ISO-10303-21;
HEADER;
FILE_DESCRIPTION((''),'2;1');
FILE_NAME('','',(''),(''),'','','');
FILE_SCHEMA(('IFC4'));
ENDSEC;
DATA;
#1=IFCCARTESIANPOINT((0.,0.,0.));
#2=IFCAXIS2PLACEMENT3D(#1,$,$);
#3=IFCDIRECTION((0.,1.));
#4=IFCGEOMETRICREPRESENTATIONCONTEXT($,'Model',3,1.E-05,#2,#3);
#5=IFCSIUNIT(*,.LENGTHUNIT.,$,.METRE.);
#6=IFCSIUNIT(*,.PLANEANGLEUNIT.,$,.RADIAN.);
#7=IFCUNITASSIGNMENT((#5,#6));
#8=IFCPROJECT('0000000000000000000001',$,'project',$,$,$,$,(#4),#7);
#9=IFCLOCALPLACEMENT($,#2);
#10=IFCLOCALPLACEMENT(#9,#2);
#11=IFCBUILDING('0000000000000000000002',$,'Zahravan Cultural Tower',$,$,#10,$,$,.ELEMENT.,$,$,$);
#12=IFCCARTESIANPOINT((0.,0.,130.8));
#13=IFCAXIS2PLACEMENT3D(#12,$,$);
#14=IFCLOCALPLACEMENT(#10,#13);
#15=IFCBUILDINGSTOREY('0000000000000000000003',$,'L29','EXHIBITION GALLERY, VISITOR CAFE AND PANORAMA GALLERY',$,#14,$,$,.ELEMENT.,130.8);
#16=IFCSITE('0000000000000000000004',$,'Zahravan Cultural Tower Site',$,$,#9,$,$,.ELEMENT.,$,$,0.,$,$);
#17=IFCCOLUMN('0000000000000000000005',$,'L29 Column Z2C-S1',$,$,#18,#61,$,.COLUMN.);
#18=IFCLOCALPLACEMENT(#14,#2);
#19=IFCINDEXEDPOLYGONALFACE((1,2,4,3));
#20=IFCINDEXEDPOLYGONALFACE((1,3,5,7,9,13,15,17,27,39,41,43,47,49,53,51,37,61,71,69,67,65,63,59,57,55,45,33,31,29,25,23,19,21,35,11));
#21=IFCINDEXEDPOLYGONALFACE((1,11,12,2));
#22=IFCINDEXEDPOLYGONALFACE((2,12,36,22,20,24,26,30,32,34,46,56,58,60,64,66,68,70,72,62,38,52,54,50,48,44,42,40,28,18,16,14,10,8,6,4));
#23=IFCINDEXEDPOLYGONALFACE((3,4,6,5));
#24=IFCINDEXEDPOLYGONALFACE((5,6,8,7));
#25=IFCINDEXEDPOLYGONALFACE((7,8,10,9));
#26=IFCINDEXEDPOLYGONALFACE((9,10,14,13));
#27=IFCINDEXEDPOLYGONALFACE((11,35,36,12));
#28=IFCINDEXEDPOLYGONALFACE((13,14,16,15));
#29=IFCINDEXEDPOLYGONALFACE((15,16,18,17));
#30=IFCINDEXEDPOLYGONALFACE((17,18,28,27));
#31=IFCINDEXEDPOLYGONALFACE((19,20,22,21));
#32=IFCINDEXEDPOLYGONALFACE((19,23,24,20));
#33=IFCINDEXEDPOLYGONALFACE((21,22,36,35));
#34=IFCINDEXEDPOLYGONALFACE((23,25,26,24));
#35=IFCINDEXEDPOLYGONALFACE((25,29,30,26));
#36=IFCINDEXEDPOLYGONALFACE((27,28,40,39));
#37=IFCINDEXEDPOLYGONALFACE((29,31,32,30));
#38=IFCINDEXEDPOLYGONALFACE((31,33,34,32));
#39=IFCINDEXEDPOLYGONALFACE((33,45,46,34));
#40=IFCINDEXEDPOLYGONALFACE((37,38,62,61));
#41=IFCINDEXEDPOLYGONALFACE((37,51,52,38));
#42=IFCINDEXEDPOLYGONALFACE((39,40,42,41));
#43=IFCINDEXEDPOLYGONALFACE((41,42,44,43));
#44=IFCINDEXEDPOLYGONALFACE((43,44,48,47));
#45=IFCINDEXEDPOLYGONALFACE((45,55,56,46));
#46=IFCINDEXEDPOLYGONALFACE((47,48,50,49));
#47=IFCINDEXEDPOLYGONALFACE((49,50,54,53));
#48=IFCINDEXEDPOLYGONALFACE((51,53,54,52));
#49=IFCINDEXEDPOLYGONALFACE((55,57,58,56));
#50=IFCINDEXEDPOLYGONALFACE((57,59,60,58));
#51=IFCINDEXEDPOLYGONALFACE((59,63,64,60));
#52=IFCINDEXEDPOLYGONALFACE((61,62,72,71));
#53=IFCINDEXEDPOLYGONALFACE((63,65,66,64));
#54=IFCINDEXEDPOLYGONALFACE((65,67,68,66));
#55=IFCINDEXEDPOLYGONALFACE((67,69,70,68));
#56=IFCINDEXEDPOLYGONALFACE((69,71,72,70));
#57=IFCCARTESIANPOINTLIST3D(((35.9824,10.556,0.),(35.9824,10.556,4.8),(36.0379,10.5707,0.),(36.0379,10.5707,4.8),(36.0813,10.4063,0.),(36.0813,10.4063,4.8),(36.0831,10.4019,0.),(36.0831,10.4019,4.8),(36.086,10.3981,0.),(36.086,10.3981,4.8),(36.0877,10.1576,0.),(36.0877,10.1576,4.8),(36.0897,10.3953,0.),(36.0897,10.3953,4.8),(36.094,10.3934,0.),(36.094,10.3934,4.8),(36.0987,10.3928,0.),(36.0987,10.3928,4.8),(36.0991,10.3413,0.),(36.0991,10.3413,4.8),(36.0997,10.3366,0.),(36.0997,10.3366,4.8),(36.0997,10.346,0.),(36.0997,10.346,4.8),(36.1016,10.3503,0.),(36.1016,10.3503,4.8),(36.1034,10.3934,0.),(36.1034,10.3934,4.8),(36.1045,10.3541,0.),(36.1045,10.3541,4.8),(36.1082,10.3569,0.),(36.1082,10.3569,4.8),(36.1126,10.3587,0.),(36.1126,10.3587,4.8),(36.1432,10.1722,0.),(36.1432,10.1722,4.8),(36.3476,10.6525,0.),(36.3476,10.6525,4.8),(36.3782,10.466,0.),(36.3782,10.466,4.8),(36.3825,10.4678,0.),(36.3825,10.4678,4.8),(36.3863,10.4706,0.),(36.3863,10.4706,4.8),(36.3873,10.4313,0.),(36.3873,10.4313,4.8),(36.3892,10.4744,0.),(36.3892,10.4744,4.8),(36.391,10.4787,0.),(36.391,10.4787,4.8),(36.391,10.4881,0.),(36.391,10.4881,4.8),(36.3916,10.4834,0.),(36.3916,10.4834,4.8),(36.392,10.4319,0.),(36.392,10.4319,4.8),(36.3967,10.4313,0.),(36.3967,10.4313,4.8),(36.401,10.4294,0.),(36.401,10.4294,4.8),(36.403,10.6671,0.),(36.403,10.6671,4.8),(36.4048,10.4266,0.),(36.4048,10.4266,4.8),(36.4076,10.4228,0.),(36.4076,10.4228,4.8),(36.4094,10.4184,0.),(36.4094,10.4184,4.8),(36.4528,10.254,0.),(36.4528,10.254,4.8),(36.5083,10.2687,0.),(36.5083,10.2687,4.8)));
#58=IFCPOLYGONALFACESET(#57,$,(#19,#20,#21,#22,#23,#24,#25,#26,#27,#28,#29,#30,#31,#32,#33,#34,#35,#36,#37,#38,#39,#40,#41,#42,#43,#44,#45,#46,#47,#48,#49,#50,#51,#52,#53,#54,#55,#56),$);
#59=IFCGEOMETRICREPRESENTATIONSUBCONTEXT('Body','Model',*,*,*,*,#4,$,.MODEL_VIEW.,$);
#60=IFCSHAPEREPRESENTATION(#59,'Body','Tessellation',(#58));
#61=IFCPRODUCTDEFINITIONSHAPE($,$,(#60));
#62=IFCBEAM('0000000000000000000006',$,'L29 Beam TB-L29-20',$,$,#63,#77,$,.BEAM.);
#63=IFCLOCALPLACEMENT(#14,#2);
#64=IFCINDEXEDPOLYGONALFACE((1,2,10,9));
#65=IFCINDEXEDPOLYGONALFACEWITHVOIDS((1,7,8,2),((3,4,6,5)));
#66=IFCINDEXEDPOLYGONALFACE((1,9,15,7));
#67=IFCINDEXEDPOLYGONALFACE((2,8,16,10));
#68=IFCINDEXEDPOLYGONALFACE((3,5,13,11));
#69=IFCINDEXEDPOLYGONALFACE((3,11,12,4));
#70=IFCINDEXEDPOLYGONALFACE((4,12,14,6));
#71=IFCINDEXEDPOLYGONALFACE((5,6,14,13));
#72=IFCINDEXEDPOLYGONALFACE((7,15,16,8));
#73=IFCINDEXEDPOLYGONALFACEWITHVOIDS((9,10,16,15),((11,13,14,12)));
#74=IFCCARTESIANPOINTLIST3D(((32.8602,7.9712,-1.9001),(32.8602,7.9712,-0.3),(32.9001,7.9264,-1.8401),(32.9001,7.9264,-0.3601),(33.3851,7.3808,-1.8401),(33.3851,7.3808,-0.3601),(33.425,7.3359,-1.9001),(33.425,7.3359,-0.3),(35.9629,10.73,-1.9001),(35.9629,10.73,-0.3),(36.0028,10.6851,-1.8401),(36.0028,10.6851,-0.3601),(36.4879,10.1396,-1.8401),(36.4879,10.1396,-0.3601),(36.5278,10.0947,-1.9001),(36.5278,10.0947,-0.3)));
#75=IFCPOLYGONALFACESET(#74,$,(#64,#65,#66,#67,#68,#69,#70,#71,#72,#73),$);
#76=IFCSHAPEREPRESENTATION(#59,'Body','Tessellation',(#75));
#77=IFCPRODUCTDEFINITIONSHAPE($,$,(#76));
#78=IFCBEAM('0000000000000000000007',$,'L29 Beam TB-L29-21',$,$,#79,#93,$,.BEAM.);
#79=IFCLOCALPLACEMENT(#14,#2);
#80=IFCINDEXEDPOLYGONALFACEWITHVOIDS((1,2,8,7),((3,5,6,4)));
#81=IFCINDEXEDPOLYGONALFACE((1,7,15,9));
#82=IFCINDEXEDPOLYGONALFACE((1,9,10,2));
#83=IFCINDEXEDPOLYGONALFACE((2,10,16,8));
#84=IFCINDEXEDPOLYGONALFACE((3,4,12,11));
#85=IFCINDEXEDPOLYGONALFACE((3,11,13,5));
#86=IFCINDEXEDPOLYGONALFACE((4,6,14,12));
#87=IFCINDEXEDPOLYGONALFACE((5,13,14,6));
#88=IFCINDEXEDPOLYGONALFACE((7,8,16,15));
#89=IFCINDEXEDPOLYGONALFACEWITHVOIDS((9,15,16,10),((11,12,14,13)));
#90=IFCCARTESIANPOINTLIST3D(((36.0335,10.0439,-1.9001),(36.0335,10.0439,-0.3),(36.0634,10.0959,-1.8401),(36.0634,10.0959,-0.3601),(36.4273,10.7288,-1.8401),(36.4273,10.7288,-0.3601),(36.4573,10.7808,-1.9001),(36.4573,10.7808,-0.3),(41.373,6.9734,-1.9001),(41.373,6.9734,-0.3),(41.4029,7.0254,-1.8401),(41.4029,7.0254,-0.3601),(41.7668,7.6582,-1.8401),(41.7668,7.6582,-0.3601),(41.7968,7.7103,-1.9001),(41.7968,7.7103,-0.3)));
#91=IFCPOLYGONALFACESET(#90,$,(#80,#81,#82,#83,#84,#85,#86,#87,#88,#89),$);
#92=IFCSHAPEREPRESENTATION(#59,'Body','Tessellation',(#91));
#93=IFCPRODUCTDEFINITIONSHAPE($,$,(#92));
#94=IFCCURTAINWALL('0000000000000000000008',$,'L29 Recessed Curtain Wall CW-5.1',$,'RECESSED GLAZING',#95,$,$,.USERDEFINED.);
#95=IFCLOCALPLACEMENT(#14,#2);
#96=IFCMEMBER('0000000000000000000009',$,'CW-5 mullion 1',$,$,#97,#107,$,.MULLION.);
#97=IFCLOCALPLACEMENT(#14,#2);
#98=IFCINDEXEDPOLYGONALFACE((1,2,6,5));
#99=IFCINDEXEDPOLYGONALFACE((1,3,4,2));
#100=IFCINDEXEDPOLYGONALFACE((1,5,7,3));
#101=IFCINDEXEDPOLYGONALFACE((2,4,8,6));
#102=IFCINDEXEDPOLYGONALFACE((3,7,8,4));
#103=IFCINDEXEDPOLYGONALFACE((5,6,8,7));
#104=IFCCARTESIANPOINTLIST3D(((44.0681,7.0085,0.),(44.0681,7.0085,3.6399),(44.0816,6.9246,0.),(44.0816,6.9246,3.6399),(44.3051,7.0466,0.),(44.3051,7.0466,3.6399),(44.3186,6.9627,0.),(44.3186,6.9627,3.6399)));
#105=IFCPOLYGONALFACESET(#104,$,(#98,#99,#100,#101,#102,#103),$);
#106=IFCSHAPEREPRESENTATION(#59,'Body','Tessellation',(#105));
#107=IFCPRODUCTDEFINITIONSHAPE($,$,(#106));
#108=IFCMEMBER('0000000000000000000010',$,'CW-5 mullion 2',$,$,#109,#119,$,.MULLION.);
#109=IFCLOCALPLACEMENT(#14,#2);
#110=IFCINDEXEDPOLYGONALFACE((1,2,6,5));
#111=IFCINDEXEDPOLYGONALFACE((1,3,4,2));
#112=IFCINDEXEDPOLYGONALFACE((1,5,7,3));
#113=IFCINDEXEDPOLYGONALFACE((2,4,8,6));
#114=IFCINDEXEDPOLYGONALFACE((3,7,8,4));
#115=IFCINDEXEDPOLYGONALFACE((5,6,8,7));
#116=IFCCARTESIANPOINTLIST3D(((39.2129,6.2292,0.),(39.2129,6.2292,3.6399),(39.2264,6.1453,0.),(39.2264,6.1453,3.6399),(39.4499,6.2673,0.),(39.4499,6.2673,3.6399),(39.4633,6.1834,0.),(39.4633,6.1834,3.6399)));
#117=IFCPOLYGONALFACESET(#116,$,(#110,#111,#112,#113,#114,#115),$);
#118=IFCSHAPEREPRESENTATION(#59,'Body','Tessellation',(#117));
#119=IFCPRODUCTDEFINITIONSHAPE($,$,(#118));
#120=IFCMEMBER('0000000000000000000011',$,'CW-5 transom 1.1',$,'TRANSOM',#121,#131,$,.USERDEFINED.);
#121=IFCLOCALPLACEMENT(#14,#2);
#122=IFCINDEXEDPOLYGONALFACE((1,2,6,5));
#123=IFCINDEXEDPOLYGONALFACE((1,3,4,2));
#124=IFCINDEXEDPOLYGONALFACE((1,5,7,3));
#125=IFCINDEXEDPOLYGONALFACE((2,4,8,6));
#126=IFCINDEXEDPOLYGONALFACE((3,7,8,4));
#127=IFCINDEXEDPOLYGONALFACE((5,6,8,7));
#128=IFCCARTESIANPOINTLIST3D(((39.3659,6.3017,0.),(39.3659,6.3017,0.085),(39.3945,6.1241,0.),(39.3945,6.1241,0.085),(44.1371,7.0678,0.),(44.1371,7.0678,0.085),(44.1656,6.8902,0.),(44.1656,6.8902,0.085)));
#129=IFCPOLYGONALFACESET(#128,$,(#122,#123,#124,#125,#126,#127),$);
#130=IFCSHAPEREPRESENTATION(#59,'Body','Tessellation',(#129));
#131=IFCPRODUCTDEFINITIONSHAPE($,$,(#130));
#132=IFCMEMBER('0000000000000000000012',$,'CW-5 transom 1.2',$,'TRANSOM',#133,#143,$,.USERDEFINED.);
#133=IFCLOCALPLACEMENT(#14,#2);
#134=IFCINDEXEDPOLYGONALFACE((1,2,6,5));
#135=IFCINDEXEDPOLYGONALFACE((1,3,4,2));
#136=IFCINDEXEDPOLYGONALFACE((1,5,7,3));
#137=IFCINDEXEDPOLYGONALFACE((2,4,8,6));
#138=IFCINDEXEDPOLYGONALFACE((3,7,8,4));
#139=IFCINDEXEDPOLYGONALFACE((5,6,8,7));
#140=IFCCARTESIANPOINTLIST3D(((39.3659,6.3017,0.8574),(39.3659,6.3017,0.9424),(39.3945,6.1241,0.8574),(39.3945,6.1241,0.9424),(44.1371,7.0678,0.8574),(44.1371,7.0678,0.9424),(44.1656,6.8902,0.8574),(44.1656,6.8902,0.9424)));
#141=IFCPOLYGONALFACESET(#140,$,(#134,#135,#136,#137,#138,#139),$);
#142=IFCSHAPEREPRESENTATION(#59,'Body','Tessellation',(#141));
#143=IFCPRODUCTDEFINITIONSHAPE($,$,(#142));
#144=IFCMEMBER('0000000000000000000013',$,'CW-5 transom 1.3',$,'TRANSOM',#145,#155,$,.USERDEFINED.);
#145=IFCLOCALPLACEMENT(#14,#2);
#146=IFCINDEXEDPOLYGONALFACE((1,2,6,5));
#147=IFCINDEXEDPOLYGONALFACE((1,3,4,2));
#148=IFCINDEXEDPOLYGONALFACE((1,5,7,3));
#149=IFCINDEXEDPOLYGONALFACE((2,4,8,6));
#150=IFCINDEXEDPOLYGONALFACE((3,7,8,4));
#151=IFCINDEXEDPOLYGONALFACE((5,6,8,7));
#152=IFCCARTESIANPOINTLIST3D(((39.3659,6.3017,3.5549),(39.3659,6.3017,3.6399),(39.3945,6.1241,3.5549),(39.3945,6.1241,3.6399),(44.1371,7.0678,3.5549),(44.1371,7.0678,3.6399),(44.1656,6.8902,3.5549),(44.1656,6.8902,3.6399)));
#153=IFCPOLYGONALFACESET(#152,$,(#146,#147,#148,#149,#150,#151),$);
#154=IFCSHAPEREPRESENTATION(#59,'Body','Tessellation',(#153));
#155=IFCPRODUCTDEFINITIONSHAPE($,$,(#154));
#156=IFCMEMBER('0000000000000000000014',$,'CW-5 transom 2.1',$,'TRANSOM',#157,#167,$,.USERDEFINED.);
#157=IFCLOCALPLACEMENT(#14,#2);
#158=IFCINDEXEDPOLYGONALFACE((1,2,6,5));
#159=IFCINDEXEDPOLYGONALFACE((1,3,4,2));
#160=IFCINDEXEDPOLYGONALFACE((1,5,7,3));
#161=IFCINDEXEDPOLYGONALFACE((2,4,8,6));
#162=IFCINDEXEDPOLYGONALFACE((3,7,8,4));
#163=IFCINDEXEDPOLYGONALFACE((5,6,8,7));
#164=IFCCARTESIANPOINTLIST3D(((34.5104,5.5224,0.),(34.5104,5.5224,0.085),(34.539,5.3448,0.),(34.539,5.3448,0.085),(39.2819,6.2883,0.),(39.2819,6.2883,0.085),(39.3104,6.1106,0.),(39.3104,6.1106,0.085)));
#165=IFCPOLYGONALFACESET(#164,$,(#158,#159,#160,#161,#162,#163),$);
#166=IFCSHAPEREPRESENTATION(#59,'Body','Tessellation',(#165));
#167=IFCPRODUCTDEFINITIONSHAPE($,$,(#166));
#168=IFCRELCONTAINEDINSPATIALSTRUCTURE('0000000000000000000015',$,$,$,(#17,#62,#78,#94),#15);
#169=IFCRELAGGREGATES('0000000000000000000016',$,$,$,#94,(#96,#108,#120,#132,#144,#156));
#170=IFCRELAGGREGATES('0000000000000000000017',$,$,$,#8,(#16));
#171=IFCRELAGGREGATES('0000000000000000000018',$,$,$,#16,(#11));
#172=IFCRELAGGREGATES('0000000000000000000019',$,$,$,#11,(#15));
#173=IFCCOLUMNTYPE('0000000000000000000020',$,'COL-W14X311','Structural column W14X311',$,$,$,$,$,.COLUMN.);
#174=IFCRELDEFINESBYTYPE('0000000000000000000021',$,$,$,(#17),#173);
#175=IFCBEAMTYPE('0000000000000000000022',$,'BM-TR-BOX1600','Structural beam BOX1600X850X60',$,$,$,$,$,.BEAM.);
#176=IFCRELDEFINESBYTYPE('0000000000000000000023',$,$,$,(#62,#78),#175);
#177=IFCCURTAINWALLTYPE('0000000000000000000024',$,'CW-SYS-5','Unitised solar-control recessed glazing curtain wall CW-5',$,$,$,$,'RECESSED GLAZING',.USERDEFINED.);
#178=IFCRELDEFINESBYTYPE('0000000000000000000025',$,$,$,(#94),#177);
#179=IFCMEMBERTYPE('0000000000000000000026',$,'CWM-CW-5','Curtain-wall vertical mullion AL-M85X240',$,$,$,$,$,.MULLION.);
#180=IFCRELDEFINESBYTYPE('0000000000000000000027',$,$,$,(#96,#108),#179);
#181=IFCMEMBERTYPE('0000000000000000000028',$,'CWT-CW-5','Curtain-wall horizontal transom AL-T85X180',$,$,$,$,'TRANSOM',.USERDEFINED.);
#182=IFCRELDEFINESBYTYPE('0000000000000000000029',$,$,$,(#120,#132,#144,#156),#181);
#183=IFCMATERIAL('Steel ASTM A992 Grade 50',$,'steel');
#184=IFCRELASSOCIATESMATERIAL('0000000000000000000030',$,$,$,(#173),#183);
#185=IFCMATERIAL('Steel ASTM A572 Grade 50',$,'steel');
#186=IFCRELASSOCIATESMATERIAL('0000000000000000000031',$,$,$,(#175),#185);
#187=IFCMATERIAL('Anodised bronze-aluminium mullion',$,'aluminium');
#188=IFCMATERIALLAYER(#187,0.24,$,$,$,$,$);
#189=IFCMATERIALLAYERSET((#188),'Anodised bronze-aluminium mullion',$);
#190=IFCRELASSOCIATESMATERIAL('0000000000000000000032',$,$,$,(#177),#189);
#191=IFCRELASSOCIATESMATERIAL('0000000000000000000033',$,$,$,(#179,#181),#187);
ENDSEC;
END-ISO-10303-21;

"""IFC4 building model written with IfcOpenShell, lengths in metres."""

from ifc_helpers import new_model, si_unit, direction, frame, origin, origin_2d, place, context, subcontext, project, spatial, rectangle, hollow_rectangle, i_section, extrude, source, transform, mapped, material, layer, layer_set, material_profile, profile_set, type_object, element, aggregate, save


model = new_model("IFC4")

# Units and contexts
model_context = context("Model", 3, precision=1e-05, world=origin(), true_north=direction((0.0, 1.0)))
body_context = subcontext(model_context, "Body", "Model", "MODEL_VIEW")
ifc_project = project(units=[si_unit("LENGTHUNIT", "METRE"), si_unit("PLANEANGLEUNIT", "RADIAN")], contexts=[model_context])

# Site, building, storey
site_placement = place(None, origin())
site = spatial("IfcSite", under=ifc_project, at=site_placement, Name="Zahravan Cultural Tower Site", CompositionType="ELEMENT", RefElevation=0.0)
building_placement = place(site_placement, origin())
building = spatial("IfcBuilding", under=site, at=building_placement, Name="Zahravan Cultural Tower", CompositionType="ELEMENT")
storey_placement = place(building_placement, frame((0.0, 0.0, 130.8)))
storey = spatial("IfcBuildingStorey", under=building, at=storey_placement, Name="L29", Description="EXHIBITION GALLERY, VISITOR CAFE AND PANORAMA GALLERY", CompositionType="ELEMENT", Elevation=130.8)

# Column
ifc_material_1 = material(Name="Steel ASTM A992 Grade 50", Category="steel")
ifc_material_profile_1 = material_profile(ifc_material_1, i_section(OverallWidth=0.4121, OverallDepth=0.4351, WebThickness=0.0359, FlangeThickness=0.0574, FilletRadius=0.0181, at=origin_2d()), Name="W14X311")
ifc_profile_set_1 = profile_set([ifc_material_profile_1], Name="Steel ASTM A992 Grade 50")
column_type = type_object("IfcColumnType", Name="COL-W14X311", Description="Structural column W14X311", PredefinedType="COLUMN", material=ifc_profile_set_1)
shared_shape_1 = source(origin(), body_context, "Body", "SweptSolid", [
    extrude(i_section(OverallWidth=0.4121, OverallDepth=0.4351, WebThickness=0.0359, FlangeThickness=0.0574, FilletRadius=0.0181, at=origin_2d()), origin(), (0.0, 0.0, 1.0), 4.8),
])
column_placement = place(storey_placement, frame((36.2454, 10.4124, 0.0), z_axis=(0.0, 0.0, 1.0), x_axis=(-0.255446, 0.966823, 0.0)))
element("IfcColumn", 1, at=column_placement, inside=storey, type_object=column_type, Name="L29 Column Z2C-S1", PredefinedType="COLUMN", context=body_context, shape_type="MappedRepresentation", body=[
    mapped(shared_shape_1, transform((0.0, 0.0, 0.0), x_axis=(1.0, 0.0, 0.0), y_axis=(0.0, 1.0, 0.0), z_axis=(0.0, 0.0, 1.0), scale=1.0)),
])

# Beams
ifc_material_2 = material(Name="Steel ASTM A572 Grade 50", Category="steel")
ifc_material_profile_2 = material_profile(ifc_material_2, hollow_rectangle(XDim=0.8501, YDim=1.6001, WallThickness=0.0601, at=origin_2d()), Name="BOX1600X850X60")
ifc_profile_set_2 = profile_set([ifc_material_profile_2], Name="Steel ASTM A572 Grade 50")
beam_type = type_object("IfcBeamType", Name="BM-TR-BOX1600", Description="Structural beam BOX1600X850X60", PredefinedType="BEAM", material=ifc_profile_set_2)
shared_shape_2 = source(origin(), body_context, "Body", "SweptSolid", [
    extrude(hollow_rectangle(XDim=0.8501, YDim=1.6001, WallThickness=0.0601, at=origin_2d()), origin(), (0.0, 0.0, 1.0), 4.1519),
])
beam_1_placement = place(storey_placement, frame((36.2454, 10.4124, -1.1001), z_axis=(-0.747318, -0.664466, 0.0), x_axis=(0.664466, -0.747318, 0.0)))
element("IfcBeam", 2, at=beam_1_placement, inside=storey, type_object=beam_type, Name="L29 Beam TB-L29-20", PredefinedType="BEAM", context=body_context, shape_type="MappedRepresentation", body=[
    mapped(shared_shape_2, transform((0.0, 0.0, 0.0), x_axis=(1.0, 0.0, 0.0), y_axis=(0.0, 1.0, 0.0), z_axis=(0.0, 0.0, 1.0), scale=1.0)),
])
shared_shape_3 = source(origin(), body_context, "Body", "SweptSolid", [
    extrude(hollow_rectangle(XDim=0.8501, YDim=1.6001, WallThickness=0.0601, at=origin_2d()), origin(), (0.0, 0.0, 1.0), 6.1594),
])
beam_2_placement = place(storey_placement, frame((36.2454, 10.4124, -1.1001), z_axis=(0.866886, -0.498506, 0.0), x_axis=(0.498506, 0.866886, 0.0)))
element("IfcBeam", 3, at=beam_2_placement, inside=storey, type_object=beam_type, Name="L29 Beam TB-L29-21", PredefinedType="BEAM", context=body_context, shape_type="MappedRepresentation", body=[
    mapped(shared_shape_3, transform((0.0, 0.0, 0.0), x_axis=(1.0, 0.0, 0.0), y_axis=(0.0, 1.0, 0.0), z_axis=(0.0, 0.0, 1.0), scale=1.0)),
])

# Curtain wall, members
ifc_material_3 = material(Name="Anodised bronze-aluminium mullion", Category="aluminium")
ifc_layer_1 = layer(ifc_material_3, 0.24)
ifc_layer_set_1 = layer_set([ifc_layer_1], Name="Anodised bronze-aluminium mullion")
curtain_wall_type = type_object("IfcCurtainWallType", Name="CW-SYS-5", Description="Unitised solar-control recessed glazing curtain wall CW-5", ElementType="RECESSED GLAZING", PredefinedType="USERDEFINED", material=ifc_layer_set_1)
curtain_wall_placement = place(storey_placement, origin())
curtain_wall = element("IfcCurtainWall", 4, at=curtain_wall_placement, inside=storey, type_object=curtain_wall_type, Name="L29 Recessed Curtain Wall CW-5.1", ObjectType="RECESSED GLAZING", PredefinedType="USERDEFINED")
ifc_material_profile_3 = material_profile(ifc_material_3, rectangle(XDim=0.085, YDim=0.24, at=origin_2d()), Name="AL-M85X240")
ifc_profile_set_3 = profile_set([ifc_material_profile_3], Name="Anodised bronze-aluminium mullion")
member_type_1 = type_object("IfcMemberType", Name="CWM-CW-5", Description="Curtain-wall vertical mullion AL-M85X240", PredefinedType="MULLION", material=ifc_profile_set_3)
shared_shape_4 = source(origin(), body_context, "Body", "SweptSolid", [
    extrude(rectangle(XDim=0.085, YDim=0.24, at=origin_2d()), origin(), (0.0, 0.0, 1.0), 3.6399),
])
member_1_placement = place(storey_placement, frame((44.1934, 6.9856, 0.0), z_axis=(0.0, 0.0, 1.0), x_axis=(0.158506, -0.987358, 0.0)))
member_1 = element("IfcMember", 5, at=member_1_placement, type_object=member_type_1, Name="CW-5 mullion 1", PredefinedType="MULLION", context=body_context, shape_type="MappedRepresentation", body=[
    mapped(shared_shape_4, transform((0.0, 0.0, 0.0), x_axis=(1.0, 0.0, 0.0), y_axis=(0.0, 1.0, 0.0), z_axis=(0.0, 0.0, 1.0), scale=1.0)),
])
member_2_placement = place(storey_placement, frame((39.3381, 6.2063, 0.0), z_axis=(0.0, 0.0, 1.0), x_axis=(0.158506, -0.987358, 0.0)))
member_2 = element("IfcMember", 6, at=member_2_placement, type_object=member_type_1, Name="CW-5 mullion 2", PredefinedType="MULLION", context=body_context, shape_type="MappedRepresentation", body=[
    mapped(shared_shape_4, transform((0.0, 0.0, 0.0), x_axis=(1.0, 0.0, 0.0), y_axis=(0.0, 1.0, 0.0), z_axis=(0.0, 0.0, 1.0), scale=1.0)),
])
ifc_material_profile_4 = material_profile(ifc_material_3, rectangle(XDim=0.1799, YDim=0.085, at=origin_2d()), Name="AL-T85X180")
ifc_profile_set_4 = profile_set([ifc_material_profile_4], Name="Anodised bronze-aluminium mullion")
member_type_2 = type_object("IfcMemberType", Name="CWT-CW-5", Description="Curtain-wall horizontal transom AL-T85X180", ElementType="TRANSOM", PredefinedType="USERDEFINED", material=ifc_profile_set_4)
shared_shape_5 = source(origin(), body_context, "Body", "SweptSolid", [
    extrude(rectangle(XDim=0.1799, YDim=0.085, at=origin_2d()), origin(), (0.0, 0.0, 1.0), 4.8323),
])
member_3_placement = place(storey_placement, frame((44.1514, 6.979, 0.0425), z_axis=(-0.987353, -0.158538, 0.0), x_axis=(0.158538, -0.987353, 0.0)))
member_3 = element("IfcMember", 7, at=member_3_placement, type_object=member_type_2, Name="CW-5 transom 1.1", ObjectType="TRANSOM", PredefinedType="USERDEFINED", context=body_context, shape_type="MappedRepresentation", body=[
    mapped(shared_shape_5, transform((0.0, 0.0, 0.0), x_axis=(1.0, 0.0, 0.0), y_axis=(0.0, 1.0, 0.0), z_axis=(0.0, 0.0, 1.0), scale=1.0)),
])
member_4_placement = place(storey_placement, frame((44.1514, 6.979, 0.8999), z_axis=(-0.987353, -0.158538, 0.0), x_axis=(0.158538, -0.987353, 0.0)))
member_4 = element("IfcMember", 8, at=member_4_placement, type_object=member_type_2, Name="CW-5 transom 1.2", ObjectType="TRANSOM", PredefinedType="USERDEFINED", context=body_context, shape_type="MappedRepresentation", body=[
    mapped(shared_shape_5, transform((0.0, 0.0, 0.0), x_axis=(1.0, 0.0, 0.0), y_axis=(0.0, 1.0, 0.0), z_axis=(0.0, 0.0, 1.0), scale=1.0)),
])
member_5_placement = place(storey_placement, frame((44.1514, 6.979, 3.5974), z_axis=(-0.987353, -0.158538, 0.0), x_axis=(0.158538, -0.987353, 0.0)))
member_5 = element("IfcMember", 9, at=member_5_placement, type_object=member_type_2, Name="CW-5 transom 1.3", ObjectType="TRANSOM", PredefinedType="USERDEFINED", context=body_context, shape_type="MappedRepresentation", body=[
    mapped(shared_shape_5, transform((0.0, 0.0, 0.0), x_axis=(1.0, 0.0, 0.0), y_axis=(0.0, 1.0, 0.0), z_axis=(0.0, 0.0, 1.0), scale=1.0)),
])
shared_shape_6 = source(origin(), body_context, "Body", "SweptSolid", [
    extrude(rectangle(XDim=0.1799, YDim=0.085, at=origin_2d()), origin(), (0.0, 0.0, 1.0), 4.8325),
])
member_6_placement = place(storey_placement, frame((39.2961, 6.1995, 0.0425), z_axis=(-0.987362, -0.158481, 0.0), x_axis=(0.158481, -0.987362, 0.0)))
member_6 = element("IfcMember", 10, at=member_6_placement, type_object=member_type_2, Name="CW-5 transom 2.1", ObjectType="TRANSOM", PredefinedType="USERDEFINED", context=body_context, shape_type="MappedRepresentation", body=[
    mapped(shared_shape_6, transform((0.0, 0.0, 0.0), x_axis=(1.0, 0.0, 0.0), y_axis=(0.0, 1.0, 0.0), z_axis=(0.0, 0.0, 1.0), scale=1.0)),
])

aggregate(curtain_wall, [member_1, member_2, member_3, member_4, member_5, member_6])

save(model, "model.ifc")
